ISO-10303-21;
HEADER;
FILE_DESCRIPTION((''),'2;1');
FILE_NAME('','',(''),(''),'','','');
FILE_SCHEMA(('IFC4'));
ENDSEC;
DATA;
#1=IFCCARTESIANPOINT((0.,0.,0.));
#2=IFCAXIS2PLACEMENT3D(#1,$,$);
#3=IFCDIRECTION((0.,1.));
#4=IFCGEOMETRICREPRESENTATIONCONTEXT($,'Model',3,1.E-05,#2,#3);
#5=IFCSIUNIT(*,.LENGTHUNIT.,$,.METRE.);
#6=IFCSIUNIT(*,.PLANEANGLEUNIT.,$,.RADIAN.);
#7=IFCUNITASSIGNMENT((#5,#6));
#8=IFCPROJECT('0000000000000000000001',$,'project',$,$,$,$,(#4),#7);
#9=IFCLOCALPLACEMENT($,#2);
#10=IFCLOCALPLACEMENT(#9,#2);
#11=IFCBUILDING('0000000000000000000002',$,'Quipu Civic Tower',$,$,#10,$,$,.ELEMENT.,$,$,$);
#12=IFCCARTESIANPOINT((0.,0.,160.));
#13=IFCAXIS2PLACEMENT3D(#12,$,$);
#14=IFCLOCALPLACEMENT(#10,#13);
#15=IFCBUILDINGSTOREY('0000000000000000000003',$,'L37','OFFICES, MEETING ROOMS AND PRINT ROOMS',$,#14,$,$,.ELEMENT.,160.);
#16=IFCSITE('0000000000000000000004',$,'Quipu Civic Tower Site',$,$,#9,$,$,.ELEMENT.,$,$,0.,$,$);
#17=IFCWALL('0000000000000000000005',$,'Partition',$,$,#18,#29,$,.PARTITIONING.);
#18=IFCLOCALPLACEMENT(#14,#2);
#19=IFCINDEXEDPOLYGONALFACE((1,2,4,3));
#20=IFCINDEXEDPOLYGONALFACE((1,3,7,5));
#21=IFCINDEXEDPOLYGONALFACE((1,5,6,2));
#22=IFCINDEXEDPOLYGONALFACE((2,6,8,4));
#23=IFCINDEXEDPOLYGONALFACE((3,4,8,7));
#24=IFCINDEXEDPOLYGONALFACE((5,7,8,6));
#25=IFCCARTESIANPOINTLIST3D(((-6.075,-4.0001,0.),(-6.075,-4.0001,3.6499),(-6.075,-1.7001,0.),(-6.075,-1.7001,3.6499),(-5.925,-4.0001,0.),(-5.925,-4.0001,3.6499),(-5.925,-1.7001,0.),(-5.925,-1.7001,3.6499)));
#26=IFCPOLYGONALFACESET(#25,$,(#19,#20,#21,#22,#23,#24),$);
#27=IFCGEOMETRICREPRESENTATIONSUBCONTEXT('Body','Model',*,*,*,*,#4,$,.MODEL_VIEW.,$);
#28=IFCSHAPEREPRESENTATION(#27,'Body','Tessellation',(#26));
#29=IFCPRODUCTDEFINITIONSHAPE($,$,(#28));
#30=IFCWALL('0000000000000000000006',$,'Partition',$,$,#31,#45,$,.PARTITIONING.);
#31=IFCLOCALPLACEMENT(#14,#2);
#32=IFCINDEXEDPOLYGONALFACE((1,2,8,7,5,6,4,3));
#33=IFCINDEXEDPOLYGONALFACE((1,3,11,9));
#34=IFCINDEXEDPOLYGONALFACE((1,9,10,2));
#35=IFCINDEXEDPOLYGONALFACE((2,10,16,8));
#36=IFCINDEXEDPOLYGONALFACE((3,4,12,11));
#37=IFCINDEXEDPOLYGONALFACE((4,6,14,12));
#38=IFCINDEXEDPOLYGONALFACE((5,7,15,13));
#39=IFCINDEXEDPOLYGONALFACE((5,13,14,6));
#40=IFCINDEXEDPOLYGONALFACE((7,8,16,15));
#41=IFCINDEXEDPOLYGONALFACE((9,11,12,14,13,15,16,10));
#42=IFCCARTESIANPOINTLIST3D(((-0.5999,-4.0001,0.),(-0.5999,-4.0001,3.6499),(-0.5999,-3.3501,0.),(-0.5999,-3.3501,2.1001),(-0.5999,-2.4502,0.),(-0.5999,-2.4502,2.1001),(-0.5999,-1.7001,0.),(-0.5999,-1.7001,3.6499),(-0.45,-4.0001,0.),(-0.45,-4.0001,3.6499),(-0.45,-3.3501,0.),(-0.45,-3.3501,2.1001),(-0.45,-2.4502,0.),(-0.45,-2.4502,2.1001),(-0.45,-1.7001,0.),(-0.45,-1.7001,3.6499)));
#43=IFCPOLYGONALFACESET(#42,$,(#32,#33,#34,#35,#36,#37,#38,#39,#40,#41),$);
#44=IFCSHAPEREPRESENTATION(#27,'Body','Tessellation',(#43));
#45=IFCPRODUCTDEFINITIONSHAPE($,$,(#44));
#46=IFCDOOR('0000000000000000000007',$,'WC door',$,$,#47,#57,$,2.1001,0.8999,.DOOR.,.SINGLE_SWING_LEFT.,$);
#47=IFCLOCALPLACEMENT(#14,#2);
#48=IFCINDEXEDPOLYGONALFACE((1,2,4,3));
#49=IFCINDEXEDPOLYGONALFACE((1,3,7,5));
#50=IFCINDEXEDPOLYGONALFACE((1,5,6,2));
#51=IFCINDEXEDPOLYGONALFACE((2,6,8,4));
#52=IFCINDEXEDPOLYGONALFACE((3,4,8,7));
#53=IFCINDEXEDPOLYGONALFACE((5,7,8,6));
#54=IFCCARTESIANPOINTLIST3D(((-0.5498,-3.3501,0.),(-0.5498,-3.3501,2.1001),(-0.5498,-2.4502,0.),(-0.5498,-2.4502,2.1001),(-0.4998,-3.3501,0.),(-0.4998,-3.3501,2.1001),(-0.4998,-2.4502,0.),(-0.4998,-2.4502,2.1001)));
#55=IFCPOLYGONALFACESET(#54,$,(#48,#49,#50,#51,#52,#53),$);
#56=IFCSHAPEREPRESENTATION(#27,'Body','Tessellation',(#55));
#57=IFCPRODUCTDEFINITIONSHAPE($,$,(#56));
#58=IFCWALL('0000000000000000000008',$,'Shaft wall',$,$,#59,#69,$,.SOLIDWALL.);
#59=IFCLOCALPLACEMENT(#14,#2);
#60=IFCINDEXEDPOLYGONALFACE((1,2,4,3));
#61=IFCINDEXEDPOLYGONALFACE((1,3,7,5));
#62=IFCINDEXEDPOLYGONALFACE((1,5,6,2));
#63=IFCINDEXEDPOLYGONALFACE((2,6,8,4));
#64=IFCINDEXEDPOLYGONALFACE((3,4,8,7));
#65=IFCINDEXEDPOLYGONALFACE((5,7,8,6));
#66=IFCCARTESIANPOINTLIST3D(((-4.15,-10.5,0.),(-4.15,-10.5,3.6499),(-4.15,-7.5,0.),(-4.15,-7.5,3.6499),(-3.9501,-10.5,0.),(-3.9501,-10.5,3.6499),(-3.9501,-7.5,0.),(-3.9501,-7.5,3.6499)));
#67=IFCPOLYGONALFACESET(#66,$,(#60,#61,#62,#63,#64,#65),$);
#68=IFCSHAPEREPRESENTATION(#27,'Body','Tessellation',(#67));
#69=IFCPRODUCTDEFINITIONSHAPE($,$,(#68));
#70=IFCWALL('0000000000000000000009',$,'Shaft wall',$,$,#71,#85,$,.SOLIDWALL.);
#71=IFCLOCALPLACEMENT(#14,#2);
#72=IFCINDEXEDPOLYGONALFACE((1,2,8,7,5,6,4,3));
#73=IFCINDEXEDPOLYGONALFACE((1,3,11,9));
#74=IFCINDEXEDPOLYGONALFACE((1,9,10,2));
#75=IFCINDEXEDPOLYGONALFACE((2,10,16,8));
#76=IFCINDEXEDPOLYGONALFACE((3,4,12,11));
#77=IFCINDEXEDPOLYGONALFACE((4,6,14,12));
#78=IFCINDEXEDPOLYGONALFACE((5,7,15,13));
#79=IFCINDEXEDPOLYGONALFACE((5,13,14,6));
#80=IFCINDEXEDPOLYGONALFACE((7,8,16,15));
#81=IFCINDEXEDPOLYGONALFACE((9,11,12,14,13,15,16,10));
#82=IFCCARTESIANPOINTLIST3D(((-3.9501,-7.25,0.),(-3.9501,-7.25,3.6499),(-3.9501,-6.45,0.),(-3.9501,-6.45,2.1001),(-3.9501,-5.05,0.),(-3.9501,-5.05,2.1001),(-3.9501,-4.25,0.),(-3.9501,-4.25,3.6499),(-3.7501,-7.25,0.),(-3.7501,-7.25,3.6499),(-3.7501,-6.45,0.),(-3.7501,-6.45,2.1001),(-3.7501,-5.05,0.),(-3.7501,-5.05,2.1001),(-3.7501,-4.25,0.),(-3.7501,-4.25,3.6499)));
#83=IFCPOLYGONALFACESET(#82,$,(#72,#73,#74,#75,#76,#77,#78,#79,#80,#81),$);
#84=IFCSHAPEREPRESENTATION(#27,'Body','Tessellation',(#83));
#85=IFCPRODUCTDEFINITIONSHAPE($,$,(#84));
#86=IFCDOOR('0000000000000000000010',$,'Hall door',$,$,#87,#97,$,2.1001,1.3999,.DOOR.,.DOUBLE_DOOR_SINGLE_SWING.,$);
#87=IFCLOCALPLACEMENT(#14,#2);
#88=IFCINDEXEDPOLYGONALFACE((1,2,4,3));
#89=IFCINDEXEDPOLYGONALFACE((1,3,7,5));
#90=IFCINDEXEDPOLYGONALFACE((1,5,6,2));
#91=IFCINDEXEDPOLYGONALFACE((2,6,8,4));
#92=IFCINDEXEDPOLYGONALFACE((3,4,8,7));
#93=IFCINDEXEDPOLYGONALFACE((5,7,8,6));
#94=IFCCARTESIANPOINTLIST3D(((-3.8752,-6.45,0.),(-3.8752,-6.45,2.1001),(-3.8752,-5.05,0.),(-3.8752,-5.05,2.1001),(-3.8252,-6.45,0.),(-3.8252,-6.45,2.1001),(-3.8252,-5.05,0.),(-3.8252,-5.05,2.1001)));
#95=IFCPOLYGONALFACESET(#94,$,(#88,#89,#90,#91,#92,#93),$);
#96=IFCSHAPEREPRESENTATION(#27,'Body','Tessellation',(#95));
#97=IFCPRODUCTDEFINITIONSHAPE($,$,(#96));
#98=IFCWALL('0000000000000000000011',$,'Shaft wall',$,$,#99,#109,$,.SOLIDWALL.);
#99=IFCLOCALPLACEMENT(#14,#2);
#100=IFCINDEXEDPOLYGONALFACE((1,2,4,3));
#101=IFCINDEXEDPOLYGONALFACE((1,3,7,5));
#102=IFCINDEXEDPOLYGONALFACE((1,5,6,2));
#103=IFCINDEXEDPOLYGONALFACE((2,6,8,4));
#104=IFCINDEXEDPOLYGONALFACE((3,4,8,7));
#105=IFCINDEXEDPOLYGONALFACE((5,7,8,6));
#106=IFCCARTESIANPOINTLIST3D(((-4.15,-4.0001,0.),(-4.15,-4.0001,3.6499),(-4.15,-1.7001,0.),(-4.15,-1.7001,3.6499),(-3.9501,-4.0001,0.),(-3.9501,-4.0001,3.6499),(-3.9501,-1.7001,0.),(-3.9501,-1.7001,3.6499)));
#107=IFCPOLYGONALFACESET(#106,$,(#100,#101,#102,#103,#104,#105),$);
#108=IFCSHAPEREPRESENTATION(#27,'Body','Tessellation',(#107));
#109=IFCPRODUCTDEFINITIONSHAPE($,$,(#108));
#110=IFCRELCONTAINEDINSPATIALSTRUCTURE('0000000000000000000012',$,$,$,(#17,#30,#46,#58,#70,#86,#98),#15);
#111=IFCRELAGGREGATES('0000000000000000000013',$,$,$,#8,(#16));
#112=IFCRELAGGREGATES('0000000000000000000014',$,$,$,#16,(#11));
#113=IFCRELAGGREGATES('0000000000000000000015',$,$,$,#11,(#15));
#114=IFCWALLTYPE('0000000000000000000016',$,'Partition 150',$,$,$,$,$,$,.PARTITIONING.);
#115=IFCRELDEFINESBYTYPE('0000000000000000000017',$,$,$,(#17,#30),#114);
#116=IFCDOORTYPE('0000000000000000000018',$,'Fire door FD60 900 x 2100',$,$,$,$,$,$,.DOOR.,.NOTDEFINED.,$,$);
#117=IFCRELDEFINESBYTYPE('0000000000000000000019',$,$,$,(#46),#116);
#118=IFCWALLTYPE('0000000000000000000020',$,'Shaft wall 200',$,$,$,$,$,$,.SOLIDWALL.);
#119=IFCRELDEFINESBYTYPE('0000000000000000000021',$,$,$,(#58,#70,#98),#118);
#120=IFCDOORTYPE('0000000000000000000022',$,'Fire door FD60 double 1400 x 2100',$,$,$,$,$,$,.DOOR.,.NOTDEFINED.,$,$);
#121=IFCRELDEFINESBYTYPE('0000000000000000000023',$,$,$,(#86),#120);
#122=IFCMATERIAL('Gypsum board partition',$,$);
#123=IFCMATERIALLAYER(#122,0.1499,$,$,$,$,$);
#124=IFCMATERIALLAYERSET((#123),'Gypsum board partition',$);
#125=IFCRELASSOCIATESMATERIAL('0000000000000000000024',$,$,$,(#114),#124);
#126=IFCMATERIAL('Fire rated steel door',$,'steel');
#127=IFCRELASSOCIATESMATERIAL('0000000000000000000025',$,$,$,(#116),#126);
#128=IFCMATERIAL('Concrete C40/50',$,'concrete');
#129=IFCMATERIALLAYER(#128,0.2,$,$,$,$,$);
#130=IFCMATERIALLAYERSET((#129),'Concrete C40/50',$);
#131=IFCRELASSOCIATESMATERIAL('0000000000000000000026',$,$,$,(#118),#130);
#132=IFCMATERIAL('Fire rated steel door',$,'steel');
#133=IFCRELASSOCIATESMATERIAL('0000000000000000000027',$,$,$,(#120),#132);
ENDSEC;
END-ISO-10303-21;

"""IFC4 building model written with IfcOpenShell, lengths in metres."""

from ifc_helpers import new_model, si_unit, direction, frame, frame_2d, origin, place, context, subcontext, project, spatial, rectangle, extrude, material, layer, layer_set, type_object, element, fill, save


model = new_model("IFC4")

# Units and contexts
model_context = context("Model", 3, precision=1e-05, world=origin(), true_north=direction((0.0, 1.0)))
body_context = subcontext(model_context, "Body", "Model", "MODEL_VIEW")
ifc_project = project(units=[si_unit("LENGTHUNIT", "METRE"), si_unit("PLANEANGLEUNIT", "RADIAN")], contexts=[model_context])

# Site, building, storey
site_placement = place(None, origin())
site = spatial("IfcSite", under=ifc_project, at=site_placement, Name="Quipu Civic Tower Site", CompositionType="ELEMENT", RefElevation=0.0)
building_placement = place(site_placement, origin())
building = spatial("IfcBuilding", under=site, at=building_placement, Name="Quipu Civic Tower", CompositionType="ELEMENT")
storey_placement = place(building_placement, frame((0.0, 0.0, 160.0)))
storey = spatial("IfcBuildingStorey", under=building, at=storey_placement, Name="L37", Description="OFFICES, MEETING ROOMS AND PRINT ROOMS", CompositionType="ELEMENT", Elevation=160.0)

# Wall
ifc_material_1 = material(Name="Gypsum board partition")
ifc_layer_1 = layer(ifc_material_1, 0.1499)
ifc_layer_set_1 = layer_set([ifc_layer_1], Name="Gypsum board partition")
wall_type_1 = type_object("IfcWallType", Name="Partition 150", PredefinedType="PARTITIONING", material=ifc_layer_set_1)
wall_1_placement = place(storey_placement, frame((-6.0, -4.0, 0.0), z_axis=(0.0, 0.0, 1.0), x_axis=(0.0, 1.0, 0.0)))
element("IfcWall", 1, at=wall_1_placement, inside=storey, type_object=wall_type_1, Name="Partition", PredefinedType="PARTITIONING", context=body_context, shape_type="SweptSolid", body=[
    extrude(rectangle(XDim=2.3, YDim=0.1499, at=frame_2d((1.1499, 0.0))), origin(), (0.0, 0.0, 1.0), 3.6499),
])

# Wall, opening, door
wall_2_placement = place(storey_placement, frame((-0.5249, -4.0, 0.0), z_axis=(0.0, 0.0, 1.0), x_axis=(0.0, 1.0, 0.0)))
wall_2 = element("IfcWall", 2, at=wall_2_placement, inside=storey, type_object=wall_type_1, Name="Partition", PredefinedType="PARTITIONING", context=body_context, shape_type="SweptSolid", body=[
    extrude(rectangle(XDim=2.3, YDim=0.1499, at=frame_2d((1.1499, 0.0))), origin(), (0.0, 0.0, 1.0), 3.6499),
])
opening_1_placement = place(wall_2_placement, frame((0.6499, 0.0, 0.0)))
opening_1 = element("IfcOpeningElement", 3, at=opening_1_placement, cuts=wall_2, PredefinedType="OPENING", context=body_context, shape_type="SweptSolid", body=[
    extrude(rectangle(XDim=0.8999, YDim=2.1001, at=frame_2d((0.45, 1.05))), frame((0.0, 0.085, 0.0), z_axis=(0.0, -1.0, 0.0), x_axis=(1.0, 0.0, 0.0)), (0.0, 0.0, 1.0), 0.1699),
])
ifc_material_2 = material(Name="Fire rated steel door", Category="steel")
door_type_1 = type_object("IfcDoorType", Name="Fire door FD60 900 x 2100", OperationType="NOTDEFINED", PredefinedType="DOOR", material=ifc_material_2)
door_1_placement = place(opening_1_placement, origin())
door_1 = element("IfcDoor", 4, at=door_1_placement, inside=storey, type_object=door_type_1, Name="WC door", OperationType="SINGLE_SWING_LEFT", OverallHeight=2.1001, OverallWidth=0.8999, PredefinedType="DOOR", context=body_context, shape_type="SweptSolid", body=[
    extrude(rectangle(XDim=0.8999, YDim=2.1001, at=frame_2d((0.45, 1.05))), frame((0.0, 0.0249, 0.0), z_axis=(0.0, -1.0, 0.0), x_axis=(1.0, 0.0, 0.0)), (0.0, 0.0, 1.0), 0.05),
])
fill(opening_1, door_1)

# Wall
ifc_material_3 = material(Name="Concrete C40/50", Category="concrete")
ifc_layer_2 = layer(ifc_material_3, 0.2)
ifc_layer_set_2 = layer_set([ifc_layer_2], Name="Concrete C40/50")
wall_type_2 = type_object("IfcWallType", Name="Shaft wall 200", PredefinedType="SOLIDWALL", material=ifc_layer_set_2)
wall_3_placement = place(storey_placement, frame((-4.05, -10.5, 0.0), z_axis=(0.0, 0.0, 1.0), x_axis=(0.0, 1.0, 0.0)))
element("IfcWall", 5, at=wall_3_placement, inside=storey, type_object=wall_type_2, Name="Shaft wall", PredefinedType="SOLIDWALL", context=body_context, shape_type="SweptSolid", body=[
    extrude(rectangle(XDim=3.0, YDim=0.2, at=frame_2d((1.5, 0.0))), origin(), (0.0, 0.0, 1.0), 3.6499),
])

# Wall, opening, door
wall_4_placement = place(storey_placement, frame((-3.8501, -4.25, 0.0), z_axis=(0.0, 0.0, 1.0), x_axis=(0.0, -1.0, 0.0)))
wall_4 = element("IfcWall", 6, at=wall_4_placement, inside=storey, type_object=wall_type_2, Name="Shaft wall", PredefinedType="SOLIDWALL", context=body_context, shape_type="SweptSolid", body=[
    extrude(rectangle(XDim=3.0, YDim=0.2, at=frame_2d((1.5, 0.0))), origin(), (0.0, 0.0, 1.0), 3.6499),
])
opening_2_placement = place(wall_4_placement, frame((0.8, 0.0, 0.0)))
opening_2 = element("IfcOpeningElement", 7, at=opening_2_placement, cuts=wall_4, PredefinedType="OPENING", context=body_context, shape_type="SweptSolid", body=[
    extrude(rectangle(XDim=1.3999, YDim=2.1001, at=frame_2d((0.7, 1.05))), frame((0.0, 0.1099, 0.0), z_axis=(0.0, -1.0, 0.0), x_axis=(1.0, 0.0, 0.0)), (0.0, 0.0, 1.0), 0.22),
])
ifc_material_4 = material(Name="Fire rated steel door", Category="steel")
door_type_2 = type_object("IfcDoorType", Name="Fire door FD60 double 1400 x 2100", OperationType="NOTDEFINED", PredefinedType="DOOR", material=ifc_material_4)
door_2_placement = place(opening_2_placement, origin())
door_2 = element("IfcDoor", 8, at=door_2_placement, inside=storey, type_object=door_type_2, Name="Hall door", OperationType="DOUBLE_DOOR_SINGLE_SWING", OverallHeight=2.1001, OverallWidth=1.3999, PredefinedType="DOOR", context=body_context, shape_type="SweptSolid", body=[
    extrude(rectangle(XDim=1.3999, YDim=2.1001, at=frame_2d((0.7, 1.05))), frame((0.0, 0.0249, 0.0), z_axis=(0.0, -1.0, 0.0), x_axis=(1.0, 0.0, 0.0)), (0.0, 0.0, 1.0), 0.05),
])
fill(opening_2, door_2)

# Wall
wall_5_placement = place(storey_placement, frame((-4.05, -4.0, 0.0), z_axis=(0.0, 0.0, 1.0), x_axis=(0.0, 1.0, 0.0)))
element("IfcWall", 9, at=wall_5_placement, inside=storey, type_object=wall_type_2, Name="Shaft wall", PredefinedType="SOLIDWALL", context=body_context, shape_type="SweptSolid", body=[
    extrude(rectangle(XDim=2.3, YDim=0.2, at=frame_2d((1.1499, 0.0))), origin(), (0.0, 0.0, 1.0), 3.6499),
])

save(model, "model.ifc")
